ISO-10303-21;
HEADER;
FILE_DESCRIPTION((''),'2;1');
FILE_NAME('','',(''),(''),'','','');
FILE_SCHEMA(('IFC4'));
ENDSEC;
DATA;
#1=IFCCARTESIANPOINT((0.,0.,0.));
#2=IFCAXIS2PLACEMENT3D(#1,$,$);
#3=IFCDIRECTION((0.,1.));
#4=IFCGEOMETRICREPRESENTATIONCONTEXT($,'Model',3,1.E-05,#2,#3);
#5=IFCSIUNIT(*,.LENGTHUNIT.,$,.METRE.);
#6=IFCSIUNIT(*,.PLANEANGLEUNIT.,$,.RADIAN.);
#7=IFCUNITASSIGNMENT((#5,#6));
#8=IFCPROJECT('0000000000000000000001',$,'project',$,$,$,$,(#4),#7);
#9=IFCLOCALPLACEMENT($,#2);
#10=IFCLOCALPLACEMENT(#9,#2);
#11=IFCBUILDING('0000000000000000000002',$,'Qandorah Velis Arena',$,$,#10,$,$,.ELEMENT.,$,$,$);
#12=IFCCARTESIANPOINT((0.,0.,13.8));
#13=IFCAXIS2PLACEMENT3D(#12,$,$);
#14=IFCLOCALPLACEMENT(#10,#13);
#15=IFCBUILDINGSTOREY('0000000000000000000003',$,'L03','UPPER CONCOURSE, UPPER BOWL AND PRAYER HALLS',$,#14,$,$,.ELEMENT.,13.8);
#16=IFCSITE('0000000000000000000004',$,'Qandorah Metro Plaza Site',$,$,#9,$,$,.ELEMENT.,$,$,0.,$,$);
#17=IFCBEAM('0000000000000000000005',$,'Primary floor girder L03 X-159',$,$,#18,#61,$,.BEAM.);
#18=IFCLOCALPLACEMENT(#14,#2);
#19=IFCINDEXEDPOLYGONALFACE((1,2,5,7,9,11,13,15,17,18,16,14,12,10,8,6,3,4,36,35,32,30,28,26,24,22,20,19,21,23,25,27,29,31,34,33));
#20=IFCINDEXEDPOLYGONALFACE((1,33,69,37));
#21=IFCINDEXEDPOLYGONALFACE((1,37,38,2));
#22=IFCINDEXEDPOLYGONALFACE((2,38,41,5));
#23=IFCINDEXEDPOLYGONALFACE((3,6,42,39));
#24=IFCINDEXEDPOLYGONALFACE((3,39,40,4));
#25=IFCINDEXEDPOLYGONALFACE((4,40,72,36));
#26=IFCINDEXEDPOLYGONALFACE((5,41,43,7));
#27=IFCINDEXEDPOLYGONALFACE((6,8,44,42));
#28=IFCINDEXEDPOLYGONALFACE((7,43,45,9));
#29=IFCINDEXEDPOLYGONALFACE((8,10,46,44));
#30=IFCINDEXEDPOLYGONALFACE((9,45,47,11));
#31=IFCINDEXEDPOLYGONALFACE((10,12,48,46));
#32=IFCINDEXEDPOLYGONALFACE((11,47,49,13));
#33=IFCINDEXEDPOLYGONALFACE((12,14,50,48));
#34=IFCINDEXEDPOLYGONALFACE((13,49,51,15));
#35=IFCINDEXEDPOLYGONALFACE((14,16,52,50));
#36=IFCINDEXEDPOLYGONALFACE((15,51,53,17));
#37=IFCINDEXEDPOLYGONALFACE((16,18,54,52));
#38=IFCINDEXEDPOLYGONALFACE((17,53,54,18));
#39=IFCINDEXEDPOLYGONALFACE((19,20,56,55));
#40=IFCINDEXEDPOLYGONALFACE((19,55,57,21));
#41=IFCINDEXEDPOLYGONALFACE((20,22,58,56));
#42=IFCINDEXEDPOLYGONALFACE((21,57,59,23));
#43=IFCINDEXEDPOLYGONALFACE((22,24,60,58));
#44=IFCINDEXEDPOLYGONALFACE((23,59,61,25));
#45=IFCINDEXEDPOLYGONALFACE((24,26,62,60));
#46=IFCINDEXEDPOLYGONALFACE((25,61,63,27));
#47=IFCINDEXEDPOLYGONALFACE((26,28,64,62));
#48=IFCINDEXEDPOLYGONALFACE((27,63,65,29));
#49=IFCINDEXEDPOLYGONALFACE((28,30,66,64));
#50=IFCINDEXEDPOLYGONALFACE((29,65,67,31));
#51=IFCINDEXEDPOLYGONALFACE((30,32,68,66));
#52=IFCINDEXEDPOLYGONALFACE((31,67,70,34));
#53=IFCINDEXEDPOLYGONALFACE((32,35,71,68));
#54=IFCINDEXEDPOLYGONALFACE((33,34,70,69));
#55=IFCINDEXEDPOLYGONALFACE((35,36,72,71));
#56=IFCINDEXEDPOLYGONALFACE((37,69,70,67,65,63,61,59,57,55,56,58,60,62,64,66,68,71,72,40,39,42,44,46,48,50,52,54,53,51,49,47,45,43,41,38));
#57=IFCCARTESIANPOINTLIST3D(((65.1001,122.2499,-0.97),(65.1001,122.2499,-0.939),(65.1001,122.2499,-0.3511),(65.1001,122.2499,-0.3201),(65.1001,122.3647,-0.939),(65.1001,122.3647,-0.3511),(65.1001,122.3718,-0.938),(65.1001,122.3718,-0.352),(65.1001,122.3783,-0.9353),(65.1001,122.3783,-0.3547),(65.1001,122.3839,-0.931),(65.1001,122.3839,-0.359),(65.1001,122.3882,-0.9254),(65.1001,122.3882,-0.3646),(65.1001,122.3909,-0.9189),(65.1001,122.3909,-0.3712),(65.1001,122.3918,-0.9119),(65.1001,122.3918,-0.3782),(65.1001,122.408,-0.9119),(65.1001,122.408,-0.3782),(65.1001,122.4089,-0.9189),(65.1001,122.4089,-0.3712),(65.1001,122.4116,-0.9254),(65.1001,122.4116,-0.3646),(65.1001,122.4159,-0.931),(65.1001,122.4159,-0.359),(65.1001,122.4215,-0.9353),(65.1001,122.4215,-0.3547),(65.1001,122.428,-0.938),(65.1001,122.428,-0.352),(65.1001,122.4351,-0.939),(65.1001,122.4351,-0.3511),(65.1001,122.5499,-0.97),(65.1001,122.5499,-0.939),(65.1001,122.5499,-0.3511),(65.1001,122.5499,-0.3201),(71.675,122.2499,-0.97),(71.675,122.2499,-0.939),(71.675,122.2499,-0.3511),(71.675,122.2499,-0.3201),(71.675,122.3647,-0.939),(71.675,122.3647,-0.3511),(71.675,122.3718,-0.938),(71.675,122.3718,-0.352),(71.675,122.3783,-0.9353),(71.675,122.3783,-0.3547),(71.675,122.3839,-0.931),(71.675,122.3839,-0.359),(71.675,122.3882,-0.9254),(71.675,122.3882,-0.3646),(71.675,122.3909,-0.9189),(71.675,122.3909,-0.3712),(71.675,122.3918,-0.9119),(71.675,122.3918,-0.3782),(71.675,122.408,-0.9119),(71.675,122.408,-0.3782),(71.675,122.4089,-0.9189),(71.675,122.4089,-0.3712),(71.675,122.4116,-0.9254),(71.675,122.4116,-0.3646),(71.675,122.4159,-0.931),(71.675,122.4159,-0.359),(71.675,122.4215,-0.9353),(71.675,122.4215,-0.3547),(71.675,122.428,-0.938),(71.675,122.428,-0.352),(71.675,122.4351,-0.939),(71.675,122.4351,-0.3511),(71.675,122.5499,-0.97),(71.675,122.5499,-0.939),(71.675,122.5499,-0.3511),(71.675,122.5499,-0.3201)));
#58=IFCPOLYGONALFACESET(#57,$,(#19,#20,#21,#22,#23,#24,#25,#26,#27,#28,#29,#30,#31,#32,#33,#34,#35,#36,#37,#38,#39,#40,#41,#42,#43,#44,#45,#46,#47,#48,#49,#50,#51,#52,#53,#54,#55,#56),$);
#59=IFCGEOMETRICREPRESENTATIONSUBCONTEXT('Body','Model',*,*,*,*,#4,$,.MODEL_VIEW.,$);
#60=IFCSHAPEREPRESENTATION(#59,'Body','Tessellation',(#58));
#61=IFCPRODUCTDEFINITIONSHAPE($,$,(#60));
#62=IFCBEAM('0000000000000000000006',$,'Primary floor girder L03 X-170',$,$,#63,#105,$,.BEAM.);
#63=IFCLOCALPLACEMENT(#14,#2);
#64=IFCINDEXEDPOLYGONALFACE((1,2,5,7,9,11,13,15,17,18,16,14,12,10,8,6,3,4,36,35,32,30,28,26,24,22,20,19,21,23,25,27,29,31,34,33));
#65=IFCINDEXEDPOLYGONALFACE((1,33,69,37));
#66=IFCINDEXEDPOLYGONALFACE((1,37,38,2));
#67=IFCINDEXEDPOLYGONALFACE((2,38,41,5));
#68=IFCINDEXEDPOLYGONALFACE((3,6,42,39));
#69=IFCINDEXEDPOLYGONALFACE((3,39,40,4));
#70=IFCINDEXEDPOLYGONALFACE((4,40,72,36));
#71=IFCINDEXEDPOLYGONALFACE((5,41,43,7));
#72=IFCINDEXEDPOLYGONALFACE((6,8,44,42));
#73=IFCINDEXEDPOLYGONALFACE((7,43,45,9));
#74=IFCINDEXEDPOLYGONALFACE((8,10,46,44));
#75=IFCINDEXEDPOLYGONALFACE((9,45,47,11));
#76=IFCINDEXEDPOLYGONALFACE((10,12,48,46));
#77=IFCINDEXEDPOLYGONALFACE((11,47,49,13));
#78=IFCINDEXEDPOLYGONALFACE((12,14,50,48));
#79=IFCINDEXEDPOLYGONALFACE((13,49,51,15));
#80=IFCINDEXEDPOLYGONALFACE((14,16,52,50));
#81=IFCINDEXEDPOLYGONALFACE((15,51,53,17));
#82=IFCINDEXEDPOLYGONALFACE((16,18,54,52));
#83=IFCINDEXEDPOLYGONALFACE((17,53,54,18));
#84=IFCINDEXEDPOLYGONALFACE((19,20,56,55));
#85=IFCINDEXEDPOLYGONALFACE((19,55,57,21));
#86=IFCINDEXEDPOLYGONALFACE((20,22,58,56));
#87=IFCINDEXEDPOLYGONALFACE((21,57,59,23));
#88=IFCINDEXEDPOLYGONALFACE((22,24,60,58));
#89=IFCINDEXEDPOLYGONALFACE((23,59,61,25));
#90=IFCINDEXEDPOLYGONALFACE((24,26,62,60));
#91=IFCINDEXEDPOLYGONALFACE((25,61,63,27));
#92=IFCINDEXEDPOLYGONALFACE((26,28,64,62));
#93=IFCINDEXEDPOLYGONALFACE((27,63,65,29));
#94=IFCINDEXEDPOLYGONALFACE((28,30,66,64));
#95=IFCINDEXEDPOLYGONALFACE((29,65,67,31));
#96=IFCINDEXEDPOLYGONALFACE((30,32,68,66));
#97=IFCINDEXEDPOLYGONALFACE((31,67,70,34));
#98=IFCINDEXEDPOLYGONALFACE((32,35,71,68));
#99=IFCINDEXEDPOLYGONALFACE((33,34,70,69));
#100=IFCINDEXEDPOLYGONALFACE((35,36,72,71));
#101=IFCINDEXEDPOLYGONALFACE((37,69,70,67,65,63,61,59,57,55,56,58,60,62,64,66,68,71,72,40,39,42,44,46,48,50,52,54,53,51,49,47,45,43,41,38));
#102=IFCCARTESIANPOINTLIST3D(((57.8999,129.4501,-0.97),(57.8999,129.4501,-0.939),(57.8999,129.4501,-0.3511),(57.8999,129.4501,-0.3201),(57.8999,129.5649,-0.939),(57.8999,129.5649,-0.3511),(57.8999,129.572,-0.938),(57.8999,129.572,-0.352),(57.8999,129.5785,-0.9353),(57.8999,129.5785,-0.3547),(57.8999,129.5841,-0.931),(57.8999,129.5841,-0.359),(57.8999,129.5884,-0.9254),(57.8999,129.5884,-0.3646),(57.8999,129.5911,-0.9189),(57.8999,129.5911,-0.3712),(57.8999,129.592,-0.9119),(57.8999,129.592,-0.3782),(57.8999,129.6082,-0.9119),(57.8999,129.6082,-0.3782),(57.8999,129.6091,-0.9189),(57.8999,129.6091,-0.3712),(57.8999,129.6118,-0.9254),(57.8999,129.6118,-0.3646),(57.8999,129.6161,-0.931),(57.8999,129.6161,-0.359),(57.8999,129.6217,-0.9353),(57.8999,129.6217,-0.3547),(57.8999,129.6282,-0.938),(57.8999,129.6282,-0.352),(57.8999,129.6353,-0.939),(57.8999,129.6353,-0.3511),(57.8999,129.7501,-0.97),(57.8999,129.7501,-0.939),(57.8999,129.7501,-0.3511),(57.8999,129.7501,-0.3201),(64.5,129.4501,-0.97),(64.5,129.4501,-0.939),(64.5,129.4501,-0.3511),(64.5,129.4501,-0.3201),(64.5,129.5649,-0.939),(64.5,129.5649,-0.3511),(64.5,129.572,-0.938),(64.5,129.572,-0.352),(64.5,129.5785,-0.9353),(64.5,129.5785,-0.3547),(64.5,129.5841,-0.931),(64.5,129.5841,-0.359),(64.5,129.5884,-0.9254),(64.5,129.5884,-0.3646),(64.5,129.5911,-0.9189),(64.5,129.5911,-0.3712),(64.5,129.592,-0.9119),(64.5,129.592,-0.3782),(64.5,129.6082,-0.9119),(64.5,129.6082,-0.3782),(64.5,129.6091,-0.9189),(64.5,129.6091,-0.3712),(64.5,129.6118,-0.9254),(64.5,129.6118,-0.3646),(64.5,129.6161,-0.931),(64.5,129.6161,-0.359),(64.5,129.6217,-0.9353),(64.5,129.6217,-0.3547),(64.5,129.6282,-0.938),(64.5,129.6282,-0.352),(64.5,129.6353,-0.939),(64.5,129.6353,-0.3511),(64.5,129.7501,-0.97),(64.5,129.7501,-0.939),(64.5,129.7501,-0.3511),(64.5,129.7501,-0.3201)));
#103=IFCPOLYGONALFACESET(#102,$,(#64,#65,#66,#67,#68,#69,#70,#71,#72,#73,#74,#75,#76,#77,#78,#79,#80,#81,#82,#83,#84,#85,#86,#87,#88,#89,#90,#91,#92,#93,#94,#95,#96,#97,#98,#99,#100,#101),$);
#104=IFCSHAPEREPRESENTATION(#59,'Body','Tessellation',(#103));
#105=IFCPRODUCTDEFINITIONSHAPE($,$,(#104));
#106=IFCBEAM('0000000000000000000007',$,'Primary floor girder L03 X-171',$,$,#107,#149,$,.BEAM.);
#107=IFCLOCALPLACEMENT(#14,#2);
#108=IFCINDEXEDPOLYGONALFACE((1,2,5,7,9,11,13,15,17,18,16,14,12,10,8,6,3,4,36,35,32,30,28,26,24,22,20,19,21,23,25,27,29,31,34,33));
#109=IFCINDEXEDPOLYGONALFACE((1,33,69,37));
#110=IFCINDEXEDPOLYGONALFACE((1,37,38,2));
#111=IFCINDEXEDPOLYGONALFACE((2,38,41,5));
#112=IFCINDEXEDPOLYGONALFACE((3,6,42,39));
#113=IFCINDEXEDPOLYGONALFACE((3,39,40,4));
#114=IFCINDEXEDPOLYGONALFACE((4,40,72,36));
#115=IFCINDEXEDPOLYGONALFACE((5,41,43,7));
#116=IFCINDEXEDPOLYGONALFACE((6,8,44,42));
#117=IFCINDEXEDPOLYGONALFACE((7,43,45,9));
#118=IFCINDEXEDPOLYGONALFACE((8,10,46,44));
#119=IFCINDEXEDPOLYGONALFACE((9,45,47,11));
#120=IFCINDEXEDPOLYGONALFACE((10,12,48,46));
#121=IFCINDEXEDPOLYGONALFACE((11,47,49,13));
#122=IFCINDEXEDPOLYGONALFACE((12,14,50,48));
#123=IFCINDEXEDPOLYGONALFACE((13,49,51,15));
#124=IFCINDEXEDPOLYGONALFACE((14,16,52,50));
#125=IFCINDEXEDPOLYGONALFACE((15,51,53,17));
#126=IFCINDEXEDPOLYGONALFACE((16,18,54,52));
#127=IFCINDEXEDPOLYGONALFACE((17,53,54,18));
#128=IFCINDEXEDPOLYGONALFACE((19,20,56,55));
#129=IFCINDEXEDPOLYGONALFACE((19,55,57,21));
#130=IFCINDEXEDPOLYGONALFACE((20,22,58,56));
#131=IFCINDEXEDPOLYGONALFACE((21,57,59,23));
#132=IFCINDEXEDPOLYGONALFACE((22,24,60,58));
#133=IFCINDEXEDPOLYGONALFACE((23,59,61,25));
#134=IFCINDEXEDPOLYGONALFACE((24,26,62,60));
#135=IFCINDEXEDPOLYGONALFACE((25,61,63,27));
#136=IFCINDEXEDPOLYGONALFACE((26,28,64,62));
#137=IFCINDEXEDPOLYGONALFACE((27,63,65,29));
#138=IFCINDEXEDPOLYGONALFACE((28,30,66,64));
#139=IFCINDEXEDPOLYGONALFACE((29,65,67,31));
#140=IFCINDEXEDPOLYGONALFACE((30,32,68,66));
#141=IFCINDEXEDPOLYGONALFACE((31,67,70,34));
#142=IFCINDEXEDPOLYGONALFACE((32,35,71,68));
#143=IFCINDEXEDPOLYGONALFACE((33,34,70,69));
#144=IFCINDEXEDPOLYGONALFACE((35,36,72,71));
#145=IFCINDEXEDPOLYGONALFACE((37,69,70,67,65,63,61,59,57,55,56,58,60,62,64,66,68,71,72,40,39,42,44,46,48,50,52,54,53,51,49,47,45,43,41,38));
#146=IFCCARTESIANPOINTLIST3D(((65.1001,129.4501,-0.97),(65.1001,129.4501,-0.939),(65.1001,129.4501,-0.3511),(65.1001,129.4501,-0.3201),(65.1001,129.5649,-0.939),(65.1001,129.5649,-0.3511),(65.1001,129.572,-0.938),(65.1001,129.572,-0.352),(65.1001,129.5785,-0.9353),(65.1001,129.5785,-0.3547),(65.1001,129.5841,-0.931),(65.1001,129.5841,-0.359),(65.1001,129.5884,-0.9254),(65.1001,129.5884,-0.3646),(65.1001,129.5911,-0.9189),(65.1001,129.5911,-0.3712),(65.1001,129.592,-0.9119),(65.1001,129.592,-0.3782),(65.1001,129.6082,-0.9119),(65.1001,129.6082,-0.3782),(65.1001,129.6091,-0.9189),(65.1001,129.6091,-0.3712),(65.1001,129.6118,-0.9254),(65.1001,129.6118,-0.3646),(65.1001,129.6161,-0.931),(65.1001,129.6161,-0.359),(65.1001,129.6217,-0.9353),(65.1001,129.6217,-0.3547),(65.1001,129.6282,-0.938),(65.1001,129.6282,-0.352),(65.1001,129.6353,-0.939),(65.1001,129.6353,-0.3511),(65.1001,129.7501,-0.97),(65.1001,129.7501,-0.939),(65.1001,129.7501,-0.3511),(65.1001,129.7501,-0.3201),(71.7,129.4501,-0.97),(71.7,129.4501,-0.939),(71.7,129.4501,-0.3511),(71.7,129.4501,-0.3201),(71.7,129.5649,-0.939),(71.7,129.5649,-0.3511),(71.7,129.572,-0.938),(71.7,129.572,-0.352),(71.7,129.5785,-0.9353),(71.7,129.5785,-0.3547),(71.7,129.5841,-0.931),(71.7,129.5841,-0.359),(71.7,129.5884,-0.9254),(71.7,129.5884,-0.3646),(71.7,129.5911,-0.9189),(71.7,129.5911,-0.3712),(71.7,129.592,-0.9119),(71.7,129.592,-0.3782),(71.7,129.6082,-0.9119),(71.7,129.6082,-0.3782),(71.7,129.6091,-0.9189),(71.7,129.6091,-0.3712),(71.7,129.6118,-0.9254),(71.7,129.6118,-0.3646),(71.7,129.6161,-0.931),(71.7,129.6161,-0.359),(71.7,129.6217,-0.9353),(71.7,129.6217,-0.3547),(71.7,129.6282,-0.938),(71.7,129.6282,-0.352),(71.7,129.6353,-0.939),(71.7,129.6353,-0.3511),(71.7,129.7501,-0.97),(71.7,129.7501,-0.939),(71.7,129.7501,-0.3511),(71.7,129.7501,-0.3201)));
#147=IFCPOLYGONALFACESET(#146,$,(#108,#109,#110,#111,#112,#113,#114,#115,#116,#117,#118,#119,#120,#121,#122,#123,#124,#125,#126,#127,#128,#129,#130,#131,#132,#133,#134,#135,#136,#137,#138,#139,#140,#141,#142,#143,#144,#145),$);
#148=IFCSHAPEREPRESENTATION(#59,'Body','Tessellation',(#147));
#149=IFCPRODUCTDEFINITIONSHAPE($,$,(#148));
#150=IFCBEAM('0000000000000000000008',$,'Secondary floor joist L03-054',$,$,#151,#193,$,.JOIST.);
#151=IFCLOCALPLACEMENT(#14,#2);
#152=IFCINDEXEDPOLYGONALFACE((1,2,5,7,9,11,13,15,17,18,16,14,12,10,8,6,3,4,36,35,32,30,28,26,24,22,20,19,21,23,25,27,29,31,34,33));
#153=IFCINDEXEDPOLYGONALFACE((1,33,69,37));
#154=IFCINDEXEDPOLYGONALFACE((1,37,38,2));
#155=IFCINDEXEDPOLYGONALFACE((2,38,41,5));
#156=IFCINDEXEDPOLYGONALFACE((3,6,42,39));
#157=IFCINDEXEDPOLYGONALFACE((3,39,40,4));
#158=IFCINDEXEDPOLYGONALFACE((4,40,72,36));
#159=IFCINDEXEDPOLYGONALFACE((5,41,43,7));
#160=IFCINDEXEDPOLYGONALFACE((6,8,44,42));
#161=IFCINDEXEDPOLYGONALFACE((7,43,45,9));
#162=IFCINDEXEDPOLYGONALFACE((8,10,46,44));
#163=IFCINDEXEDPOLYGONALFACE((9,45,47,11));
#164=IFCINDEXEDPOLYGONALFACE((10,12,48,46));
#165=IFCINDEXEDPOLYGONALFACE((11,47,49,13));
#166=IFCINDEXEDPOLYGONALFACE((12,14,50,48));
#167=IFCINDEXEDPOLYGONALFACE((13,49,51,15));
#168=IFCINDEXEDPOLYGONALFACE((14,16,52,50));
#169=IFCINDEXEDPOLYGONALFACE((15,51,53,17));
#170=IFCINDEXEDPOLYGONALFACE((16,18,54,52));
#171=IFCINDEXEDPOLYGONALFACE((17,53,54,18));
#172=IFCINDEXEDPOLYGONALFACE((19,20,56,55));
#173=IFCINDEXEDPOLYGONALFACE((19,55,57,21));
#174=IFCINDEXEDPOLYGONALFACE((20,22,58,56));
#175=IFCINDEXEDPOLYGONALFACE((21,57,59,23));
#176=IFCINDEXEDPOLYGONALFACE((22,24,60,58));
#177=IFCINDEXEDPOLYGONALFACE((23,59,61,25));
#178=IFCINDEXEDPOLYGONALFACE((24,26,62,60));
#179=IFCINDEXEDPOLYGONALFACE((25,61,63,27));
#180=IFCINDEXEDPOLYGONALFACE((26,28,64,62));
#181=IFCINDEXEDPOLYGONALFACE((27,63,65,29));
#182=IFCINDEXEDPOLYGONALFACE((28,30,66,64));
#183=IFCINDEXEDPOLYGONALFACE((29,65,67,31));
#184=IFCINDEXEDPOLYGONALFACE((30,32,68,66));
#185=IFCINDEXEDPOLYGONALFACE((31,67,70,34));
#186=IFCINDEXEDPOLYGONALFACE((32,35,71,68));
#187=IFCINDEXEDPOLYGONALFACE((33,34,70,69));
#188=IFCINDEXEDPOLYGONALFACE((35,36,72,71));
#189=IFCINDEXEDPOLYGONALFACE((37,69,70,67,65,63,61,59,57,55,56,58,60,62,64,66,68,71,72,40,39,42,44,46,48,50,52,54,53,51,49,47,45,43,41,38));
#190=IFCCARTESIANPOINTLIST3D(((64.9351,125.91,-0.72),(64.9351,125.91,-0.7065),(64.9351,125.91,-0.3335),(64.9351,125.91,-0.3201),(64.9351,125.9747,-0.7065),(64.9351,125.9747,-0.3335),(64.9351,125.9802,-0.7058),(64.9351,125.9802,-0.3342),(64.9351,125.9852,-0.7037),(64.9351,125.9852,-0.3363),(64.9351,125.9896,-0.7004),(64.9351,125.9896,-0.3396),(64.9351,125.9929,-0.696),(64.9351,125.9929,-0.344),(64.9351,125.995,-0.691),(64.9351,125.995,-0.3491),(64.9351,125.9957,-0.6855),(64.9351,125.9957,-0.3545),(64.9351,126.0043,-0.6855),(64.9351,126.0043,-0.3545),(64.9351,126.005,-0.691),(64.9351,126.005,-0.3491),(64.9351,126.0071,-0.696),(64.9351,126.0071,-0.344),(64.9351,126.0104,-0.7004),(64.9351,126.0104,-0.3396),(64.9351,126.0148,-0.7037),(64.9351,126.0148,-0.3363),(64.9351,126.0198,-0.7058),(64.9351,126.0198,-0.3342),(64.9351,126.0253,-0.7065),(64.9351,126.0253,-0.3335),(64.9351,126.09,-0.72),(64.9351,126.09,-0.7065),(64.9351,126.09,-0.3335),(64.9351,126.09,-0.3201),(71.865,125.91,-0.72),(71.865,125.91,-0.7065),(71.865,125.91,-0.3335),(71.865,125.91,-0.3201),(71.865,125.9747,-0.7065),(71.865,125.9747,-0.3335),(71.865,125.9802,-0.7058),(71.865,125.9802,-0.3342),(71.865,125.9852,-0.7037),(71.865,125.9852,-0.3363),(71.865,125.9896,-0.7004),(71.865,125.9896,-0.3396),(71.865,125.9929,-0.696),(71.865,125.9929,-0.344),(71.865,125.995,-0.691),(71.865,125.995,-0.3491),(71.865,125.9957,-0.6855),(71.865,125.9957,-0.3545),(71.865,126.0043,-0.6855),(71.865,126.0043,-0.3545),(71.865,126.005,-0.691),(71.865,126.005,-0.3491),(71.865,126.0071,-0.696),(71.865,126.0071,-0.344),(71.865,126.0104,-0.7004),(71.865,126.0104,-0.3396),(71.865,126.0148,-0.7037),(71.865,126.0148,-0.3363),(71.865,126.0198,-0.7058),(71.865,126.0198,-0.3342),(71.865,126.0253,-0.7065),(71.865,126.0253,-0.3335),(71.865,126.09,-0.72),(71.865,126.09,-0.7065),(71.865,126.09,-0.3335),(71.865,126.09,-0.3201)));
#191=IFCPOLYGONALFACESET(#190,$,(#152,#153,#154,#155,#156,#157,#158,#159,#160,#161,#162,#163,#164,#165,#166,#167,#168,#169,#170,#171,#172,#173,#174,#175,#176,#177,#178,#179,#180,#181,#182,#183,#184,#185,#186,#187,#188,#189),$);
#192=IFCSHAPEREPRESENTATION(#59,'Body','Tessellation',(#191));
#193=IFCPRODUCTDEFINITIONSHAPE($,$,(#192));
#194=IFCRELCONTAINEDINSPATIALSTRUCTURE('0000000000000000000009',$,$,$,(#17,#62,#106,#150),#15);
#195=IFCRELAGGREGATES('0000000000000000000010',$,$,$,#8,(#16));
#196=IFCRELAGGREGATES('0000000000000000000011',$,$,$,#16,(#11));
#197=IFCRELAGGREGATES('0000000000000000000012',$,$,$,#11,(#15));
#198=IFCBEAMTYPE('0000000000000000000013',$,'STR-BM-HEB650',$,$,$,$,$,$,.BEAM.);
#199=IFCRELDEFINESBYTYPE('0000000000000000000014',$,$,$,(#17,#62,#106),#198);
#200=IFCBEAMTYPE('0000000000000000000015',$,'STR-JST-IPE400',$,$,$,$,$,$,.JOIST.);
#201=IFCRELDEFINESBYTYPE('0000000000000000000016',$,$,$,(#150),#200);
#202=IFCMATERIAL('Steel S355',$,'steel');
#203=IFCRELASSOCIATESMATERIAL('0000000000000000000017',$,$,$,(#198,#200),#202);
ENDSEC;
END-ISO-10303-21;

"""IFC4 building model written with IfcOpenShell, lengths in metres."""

from ifc_helpers import new_model, si_unit, direction, frame, origin, origin_2d, place, context, subcontext, project, spatial, i_section, extrude, material, material_profile, profile_set, type_object, element, save


model = new_model("IFC4")

# Units and contexts
model_context = context("Model", 3, precision=1e-05, world=origin(), true_north=direction((0.0, 1.0)))
body_context = subcontext(model_context, "Body", "Model", "MODEL_VIEW")
ifc_project = project(units=[si_unit("LENGTHUNIT", "METRE"), si_unit("PLANEANGLEUNIT", "RADIAN")], contexts=[model_context])

# Site, building, storey
site_placement = place(None, origin())
site = spatial("IfcSite", under=ifc_project, at=site_placement, Name="Qandorah Metro Plaza Site", CompositionType="ELEMENT", RefElevation=0.0)
building_placement = place(site_placement, origin())
building = spatial("IfcBuilding", under=site, at=building_placement, Name="Qandorah Velis Arena", CompositionType="ELEMENT")
storey_placement = place(building_placement, frame((0.0, 0.0, 13.8)))
storey = spatial("IfcBuildingStorey", under=building, at=storey_placement, Name="L03", Description="UPPER CONCOURSE, UPPER BOWL AND PRAYER HALLS", CompositionType="ELEMENT", Elevation=13.8)

# Beams
ifc_material_1 = material(Name="Steel S355", Category="steel")
ifc_material_profile_1 = material_profile(ifc_material_1, i_section(OverallWidth=0.3, OverallDepth=0.6499, WebThickness=0.0161, FlangeThickness=0.031, FilletRadius=0.0271, at=origin_2d()), Name="HEB 650")
ifc_profile_set_1 = profile_set([ifc_material_profile_1], Name="Steel S355")
beam_type_1 = type_object("IfcBeamType", Name="STR-BM-HEB650", PredefinedType="BEAM", material=ifc_profile_set_1)
beam_1_placement = place(storey_placement, frame((65.1001, 122.3999, -0.645), z_axis=(1.0, 0.0, 0.0), x_axis=(0.0, 1.0, 0.0)))
element("IfcBeam", 1, at=beam_1_placement, inside=storey, type_object=beam_type_1, Name="Primary floor girder L03 X-159", PredefinedType="BEAM", context=body_context, shape_type="SweptSolid", body=[
    extrude(i_section(OverallWidth=0.3, OverallDepth=0.6499, WebThickness=0.0161, FlangeThickness=0.031, FilletRadius=0.0271, at=origin_2d()), origin(), (0.0, 0.0, 1.0), 6.575),
])
beam_2_placement = place(storey_placement, frame((57.8999, 129.6001, -0.645), z_axis=(1.0, 0.0, 0.0), x_axis=(0.0, 1.0, 0.0)))
element("IfcBeam", 2, at=beam_2_placement, inside=storey, type_object=beam_type_1, Name="Primary floor girder L03 X-170", PredefinedType="BEAM", context=body_context, shape_type="SweptSolid", body=[
    extrude(i_section(OverallWidth=0.3, OverallDepth=0.6499, WebThickness=0.0161, FlangeThickness=0.031, FilletRadius=0.0271, at=origin_2d()), origin(), (0.0, 0.0, 1.0), 6.6001),
])
beam_3_placement = place(storey_placement, frame((65.1001, 129.6001, -0.645), z_axis=(1.0, 0.0, 0.0), x_axis=(0.0, 1.0, 0.0)))
element("IfcBeam", 3, at=beam_3_placement, inside=storey, type_object=beam_type_1, Name="Primary floor girder L03 X-171", PredefinedType="BEAM", context=body_context, shape_type="SweptSolid", body=[
    extrude(i_section(OverallWidth=0.3, OverallDepth=0.6499, WebThickness=0.0161, FlangeThickness=0.031, FilletRadius=0.0271, at=origin_2d()), origin(), (0.0, 0.0, 1.0), 6.5999),
])
ifc_material_profile_2 = material_profile(ifc_material_1, i_section(OverallWidth=0.1799, OverallDepth=0.3999, WebThickness=0.0085, FlangeThickness=0.0134, FilletRadius=0.021, at=origin_2d()), Name="IPE 400")
ifc_profile_set_2 = profile_set([ifc_material_profile_2], Name="Steel S355")
beam_type_2 = type_object("IfcBeamType", Name="STR-JST-IPE400", PredefinedType="JOIST", material=ifc_profile_set_2)
beam_4_placement = place(storey_placement, frame((64.9351, 126.0, -0.52), z_axis=(1.0, 0.0, 0.0), x_axis=(0.0, 1.0, 0.0)))
element("IfcBeam", 4, at=beam_4_placement, inside=storey, type_object=beam_type_2, Name="Secondary floor joist L03-054", PredefinedType="JOIST", context=body_context, shape_type="SweptSolid", body=[
    extrude(i_section(OverallWidth=0.1799, OverallDepth=0.3999, WebThickness=0.0085, FlangeThickness=0.0134, FilletRadius=0.021, at=origin_2d()), origin(), (0.0, 0.0, 1.0), 6.9299),
])

save(model, "model.ifc")
